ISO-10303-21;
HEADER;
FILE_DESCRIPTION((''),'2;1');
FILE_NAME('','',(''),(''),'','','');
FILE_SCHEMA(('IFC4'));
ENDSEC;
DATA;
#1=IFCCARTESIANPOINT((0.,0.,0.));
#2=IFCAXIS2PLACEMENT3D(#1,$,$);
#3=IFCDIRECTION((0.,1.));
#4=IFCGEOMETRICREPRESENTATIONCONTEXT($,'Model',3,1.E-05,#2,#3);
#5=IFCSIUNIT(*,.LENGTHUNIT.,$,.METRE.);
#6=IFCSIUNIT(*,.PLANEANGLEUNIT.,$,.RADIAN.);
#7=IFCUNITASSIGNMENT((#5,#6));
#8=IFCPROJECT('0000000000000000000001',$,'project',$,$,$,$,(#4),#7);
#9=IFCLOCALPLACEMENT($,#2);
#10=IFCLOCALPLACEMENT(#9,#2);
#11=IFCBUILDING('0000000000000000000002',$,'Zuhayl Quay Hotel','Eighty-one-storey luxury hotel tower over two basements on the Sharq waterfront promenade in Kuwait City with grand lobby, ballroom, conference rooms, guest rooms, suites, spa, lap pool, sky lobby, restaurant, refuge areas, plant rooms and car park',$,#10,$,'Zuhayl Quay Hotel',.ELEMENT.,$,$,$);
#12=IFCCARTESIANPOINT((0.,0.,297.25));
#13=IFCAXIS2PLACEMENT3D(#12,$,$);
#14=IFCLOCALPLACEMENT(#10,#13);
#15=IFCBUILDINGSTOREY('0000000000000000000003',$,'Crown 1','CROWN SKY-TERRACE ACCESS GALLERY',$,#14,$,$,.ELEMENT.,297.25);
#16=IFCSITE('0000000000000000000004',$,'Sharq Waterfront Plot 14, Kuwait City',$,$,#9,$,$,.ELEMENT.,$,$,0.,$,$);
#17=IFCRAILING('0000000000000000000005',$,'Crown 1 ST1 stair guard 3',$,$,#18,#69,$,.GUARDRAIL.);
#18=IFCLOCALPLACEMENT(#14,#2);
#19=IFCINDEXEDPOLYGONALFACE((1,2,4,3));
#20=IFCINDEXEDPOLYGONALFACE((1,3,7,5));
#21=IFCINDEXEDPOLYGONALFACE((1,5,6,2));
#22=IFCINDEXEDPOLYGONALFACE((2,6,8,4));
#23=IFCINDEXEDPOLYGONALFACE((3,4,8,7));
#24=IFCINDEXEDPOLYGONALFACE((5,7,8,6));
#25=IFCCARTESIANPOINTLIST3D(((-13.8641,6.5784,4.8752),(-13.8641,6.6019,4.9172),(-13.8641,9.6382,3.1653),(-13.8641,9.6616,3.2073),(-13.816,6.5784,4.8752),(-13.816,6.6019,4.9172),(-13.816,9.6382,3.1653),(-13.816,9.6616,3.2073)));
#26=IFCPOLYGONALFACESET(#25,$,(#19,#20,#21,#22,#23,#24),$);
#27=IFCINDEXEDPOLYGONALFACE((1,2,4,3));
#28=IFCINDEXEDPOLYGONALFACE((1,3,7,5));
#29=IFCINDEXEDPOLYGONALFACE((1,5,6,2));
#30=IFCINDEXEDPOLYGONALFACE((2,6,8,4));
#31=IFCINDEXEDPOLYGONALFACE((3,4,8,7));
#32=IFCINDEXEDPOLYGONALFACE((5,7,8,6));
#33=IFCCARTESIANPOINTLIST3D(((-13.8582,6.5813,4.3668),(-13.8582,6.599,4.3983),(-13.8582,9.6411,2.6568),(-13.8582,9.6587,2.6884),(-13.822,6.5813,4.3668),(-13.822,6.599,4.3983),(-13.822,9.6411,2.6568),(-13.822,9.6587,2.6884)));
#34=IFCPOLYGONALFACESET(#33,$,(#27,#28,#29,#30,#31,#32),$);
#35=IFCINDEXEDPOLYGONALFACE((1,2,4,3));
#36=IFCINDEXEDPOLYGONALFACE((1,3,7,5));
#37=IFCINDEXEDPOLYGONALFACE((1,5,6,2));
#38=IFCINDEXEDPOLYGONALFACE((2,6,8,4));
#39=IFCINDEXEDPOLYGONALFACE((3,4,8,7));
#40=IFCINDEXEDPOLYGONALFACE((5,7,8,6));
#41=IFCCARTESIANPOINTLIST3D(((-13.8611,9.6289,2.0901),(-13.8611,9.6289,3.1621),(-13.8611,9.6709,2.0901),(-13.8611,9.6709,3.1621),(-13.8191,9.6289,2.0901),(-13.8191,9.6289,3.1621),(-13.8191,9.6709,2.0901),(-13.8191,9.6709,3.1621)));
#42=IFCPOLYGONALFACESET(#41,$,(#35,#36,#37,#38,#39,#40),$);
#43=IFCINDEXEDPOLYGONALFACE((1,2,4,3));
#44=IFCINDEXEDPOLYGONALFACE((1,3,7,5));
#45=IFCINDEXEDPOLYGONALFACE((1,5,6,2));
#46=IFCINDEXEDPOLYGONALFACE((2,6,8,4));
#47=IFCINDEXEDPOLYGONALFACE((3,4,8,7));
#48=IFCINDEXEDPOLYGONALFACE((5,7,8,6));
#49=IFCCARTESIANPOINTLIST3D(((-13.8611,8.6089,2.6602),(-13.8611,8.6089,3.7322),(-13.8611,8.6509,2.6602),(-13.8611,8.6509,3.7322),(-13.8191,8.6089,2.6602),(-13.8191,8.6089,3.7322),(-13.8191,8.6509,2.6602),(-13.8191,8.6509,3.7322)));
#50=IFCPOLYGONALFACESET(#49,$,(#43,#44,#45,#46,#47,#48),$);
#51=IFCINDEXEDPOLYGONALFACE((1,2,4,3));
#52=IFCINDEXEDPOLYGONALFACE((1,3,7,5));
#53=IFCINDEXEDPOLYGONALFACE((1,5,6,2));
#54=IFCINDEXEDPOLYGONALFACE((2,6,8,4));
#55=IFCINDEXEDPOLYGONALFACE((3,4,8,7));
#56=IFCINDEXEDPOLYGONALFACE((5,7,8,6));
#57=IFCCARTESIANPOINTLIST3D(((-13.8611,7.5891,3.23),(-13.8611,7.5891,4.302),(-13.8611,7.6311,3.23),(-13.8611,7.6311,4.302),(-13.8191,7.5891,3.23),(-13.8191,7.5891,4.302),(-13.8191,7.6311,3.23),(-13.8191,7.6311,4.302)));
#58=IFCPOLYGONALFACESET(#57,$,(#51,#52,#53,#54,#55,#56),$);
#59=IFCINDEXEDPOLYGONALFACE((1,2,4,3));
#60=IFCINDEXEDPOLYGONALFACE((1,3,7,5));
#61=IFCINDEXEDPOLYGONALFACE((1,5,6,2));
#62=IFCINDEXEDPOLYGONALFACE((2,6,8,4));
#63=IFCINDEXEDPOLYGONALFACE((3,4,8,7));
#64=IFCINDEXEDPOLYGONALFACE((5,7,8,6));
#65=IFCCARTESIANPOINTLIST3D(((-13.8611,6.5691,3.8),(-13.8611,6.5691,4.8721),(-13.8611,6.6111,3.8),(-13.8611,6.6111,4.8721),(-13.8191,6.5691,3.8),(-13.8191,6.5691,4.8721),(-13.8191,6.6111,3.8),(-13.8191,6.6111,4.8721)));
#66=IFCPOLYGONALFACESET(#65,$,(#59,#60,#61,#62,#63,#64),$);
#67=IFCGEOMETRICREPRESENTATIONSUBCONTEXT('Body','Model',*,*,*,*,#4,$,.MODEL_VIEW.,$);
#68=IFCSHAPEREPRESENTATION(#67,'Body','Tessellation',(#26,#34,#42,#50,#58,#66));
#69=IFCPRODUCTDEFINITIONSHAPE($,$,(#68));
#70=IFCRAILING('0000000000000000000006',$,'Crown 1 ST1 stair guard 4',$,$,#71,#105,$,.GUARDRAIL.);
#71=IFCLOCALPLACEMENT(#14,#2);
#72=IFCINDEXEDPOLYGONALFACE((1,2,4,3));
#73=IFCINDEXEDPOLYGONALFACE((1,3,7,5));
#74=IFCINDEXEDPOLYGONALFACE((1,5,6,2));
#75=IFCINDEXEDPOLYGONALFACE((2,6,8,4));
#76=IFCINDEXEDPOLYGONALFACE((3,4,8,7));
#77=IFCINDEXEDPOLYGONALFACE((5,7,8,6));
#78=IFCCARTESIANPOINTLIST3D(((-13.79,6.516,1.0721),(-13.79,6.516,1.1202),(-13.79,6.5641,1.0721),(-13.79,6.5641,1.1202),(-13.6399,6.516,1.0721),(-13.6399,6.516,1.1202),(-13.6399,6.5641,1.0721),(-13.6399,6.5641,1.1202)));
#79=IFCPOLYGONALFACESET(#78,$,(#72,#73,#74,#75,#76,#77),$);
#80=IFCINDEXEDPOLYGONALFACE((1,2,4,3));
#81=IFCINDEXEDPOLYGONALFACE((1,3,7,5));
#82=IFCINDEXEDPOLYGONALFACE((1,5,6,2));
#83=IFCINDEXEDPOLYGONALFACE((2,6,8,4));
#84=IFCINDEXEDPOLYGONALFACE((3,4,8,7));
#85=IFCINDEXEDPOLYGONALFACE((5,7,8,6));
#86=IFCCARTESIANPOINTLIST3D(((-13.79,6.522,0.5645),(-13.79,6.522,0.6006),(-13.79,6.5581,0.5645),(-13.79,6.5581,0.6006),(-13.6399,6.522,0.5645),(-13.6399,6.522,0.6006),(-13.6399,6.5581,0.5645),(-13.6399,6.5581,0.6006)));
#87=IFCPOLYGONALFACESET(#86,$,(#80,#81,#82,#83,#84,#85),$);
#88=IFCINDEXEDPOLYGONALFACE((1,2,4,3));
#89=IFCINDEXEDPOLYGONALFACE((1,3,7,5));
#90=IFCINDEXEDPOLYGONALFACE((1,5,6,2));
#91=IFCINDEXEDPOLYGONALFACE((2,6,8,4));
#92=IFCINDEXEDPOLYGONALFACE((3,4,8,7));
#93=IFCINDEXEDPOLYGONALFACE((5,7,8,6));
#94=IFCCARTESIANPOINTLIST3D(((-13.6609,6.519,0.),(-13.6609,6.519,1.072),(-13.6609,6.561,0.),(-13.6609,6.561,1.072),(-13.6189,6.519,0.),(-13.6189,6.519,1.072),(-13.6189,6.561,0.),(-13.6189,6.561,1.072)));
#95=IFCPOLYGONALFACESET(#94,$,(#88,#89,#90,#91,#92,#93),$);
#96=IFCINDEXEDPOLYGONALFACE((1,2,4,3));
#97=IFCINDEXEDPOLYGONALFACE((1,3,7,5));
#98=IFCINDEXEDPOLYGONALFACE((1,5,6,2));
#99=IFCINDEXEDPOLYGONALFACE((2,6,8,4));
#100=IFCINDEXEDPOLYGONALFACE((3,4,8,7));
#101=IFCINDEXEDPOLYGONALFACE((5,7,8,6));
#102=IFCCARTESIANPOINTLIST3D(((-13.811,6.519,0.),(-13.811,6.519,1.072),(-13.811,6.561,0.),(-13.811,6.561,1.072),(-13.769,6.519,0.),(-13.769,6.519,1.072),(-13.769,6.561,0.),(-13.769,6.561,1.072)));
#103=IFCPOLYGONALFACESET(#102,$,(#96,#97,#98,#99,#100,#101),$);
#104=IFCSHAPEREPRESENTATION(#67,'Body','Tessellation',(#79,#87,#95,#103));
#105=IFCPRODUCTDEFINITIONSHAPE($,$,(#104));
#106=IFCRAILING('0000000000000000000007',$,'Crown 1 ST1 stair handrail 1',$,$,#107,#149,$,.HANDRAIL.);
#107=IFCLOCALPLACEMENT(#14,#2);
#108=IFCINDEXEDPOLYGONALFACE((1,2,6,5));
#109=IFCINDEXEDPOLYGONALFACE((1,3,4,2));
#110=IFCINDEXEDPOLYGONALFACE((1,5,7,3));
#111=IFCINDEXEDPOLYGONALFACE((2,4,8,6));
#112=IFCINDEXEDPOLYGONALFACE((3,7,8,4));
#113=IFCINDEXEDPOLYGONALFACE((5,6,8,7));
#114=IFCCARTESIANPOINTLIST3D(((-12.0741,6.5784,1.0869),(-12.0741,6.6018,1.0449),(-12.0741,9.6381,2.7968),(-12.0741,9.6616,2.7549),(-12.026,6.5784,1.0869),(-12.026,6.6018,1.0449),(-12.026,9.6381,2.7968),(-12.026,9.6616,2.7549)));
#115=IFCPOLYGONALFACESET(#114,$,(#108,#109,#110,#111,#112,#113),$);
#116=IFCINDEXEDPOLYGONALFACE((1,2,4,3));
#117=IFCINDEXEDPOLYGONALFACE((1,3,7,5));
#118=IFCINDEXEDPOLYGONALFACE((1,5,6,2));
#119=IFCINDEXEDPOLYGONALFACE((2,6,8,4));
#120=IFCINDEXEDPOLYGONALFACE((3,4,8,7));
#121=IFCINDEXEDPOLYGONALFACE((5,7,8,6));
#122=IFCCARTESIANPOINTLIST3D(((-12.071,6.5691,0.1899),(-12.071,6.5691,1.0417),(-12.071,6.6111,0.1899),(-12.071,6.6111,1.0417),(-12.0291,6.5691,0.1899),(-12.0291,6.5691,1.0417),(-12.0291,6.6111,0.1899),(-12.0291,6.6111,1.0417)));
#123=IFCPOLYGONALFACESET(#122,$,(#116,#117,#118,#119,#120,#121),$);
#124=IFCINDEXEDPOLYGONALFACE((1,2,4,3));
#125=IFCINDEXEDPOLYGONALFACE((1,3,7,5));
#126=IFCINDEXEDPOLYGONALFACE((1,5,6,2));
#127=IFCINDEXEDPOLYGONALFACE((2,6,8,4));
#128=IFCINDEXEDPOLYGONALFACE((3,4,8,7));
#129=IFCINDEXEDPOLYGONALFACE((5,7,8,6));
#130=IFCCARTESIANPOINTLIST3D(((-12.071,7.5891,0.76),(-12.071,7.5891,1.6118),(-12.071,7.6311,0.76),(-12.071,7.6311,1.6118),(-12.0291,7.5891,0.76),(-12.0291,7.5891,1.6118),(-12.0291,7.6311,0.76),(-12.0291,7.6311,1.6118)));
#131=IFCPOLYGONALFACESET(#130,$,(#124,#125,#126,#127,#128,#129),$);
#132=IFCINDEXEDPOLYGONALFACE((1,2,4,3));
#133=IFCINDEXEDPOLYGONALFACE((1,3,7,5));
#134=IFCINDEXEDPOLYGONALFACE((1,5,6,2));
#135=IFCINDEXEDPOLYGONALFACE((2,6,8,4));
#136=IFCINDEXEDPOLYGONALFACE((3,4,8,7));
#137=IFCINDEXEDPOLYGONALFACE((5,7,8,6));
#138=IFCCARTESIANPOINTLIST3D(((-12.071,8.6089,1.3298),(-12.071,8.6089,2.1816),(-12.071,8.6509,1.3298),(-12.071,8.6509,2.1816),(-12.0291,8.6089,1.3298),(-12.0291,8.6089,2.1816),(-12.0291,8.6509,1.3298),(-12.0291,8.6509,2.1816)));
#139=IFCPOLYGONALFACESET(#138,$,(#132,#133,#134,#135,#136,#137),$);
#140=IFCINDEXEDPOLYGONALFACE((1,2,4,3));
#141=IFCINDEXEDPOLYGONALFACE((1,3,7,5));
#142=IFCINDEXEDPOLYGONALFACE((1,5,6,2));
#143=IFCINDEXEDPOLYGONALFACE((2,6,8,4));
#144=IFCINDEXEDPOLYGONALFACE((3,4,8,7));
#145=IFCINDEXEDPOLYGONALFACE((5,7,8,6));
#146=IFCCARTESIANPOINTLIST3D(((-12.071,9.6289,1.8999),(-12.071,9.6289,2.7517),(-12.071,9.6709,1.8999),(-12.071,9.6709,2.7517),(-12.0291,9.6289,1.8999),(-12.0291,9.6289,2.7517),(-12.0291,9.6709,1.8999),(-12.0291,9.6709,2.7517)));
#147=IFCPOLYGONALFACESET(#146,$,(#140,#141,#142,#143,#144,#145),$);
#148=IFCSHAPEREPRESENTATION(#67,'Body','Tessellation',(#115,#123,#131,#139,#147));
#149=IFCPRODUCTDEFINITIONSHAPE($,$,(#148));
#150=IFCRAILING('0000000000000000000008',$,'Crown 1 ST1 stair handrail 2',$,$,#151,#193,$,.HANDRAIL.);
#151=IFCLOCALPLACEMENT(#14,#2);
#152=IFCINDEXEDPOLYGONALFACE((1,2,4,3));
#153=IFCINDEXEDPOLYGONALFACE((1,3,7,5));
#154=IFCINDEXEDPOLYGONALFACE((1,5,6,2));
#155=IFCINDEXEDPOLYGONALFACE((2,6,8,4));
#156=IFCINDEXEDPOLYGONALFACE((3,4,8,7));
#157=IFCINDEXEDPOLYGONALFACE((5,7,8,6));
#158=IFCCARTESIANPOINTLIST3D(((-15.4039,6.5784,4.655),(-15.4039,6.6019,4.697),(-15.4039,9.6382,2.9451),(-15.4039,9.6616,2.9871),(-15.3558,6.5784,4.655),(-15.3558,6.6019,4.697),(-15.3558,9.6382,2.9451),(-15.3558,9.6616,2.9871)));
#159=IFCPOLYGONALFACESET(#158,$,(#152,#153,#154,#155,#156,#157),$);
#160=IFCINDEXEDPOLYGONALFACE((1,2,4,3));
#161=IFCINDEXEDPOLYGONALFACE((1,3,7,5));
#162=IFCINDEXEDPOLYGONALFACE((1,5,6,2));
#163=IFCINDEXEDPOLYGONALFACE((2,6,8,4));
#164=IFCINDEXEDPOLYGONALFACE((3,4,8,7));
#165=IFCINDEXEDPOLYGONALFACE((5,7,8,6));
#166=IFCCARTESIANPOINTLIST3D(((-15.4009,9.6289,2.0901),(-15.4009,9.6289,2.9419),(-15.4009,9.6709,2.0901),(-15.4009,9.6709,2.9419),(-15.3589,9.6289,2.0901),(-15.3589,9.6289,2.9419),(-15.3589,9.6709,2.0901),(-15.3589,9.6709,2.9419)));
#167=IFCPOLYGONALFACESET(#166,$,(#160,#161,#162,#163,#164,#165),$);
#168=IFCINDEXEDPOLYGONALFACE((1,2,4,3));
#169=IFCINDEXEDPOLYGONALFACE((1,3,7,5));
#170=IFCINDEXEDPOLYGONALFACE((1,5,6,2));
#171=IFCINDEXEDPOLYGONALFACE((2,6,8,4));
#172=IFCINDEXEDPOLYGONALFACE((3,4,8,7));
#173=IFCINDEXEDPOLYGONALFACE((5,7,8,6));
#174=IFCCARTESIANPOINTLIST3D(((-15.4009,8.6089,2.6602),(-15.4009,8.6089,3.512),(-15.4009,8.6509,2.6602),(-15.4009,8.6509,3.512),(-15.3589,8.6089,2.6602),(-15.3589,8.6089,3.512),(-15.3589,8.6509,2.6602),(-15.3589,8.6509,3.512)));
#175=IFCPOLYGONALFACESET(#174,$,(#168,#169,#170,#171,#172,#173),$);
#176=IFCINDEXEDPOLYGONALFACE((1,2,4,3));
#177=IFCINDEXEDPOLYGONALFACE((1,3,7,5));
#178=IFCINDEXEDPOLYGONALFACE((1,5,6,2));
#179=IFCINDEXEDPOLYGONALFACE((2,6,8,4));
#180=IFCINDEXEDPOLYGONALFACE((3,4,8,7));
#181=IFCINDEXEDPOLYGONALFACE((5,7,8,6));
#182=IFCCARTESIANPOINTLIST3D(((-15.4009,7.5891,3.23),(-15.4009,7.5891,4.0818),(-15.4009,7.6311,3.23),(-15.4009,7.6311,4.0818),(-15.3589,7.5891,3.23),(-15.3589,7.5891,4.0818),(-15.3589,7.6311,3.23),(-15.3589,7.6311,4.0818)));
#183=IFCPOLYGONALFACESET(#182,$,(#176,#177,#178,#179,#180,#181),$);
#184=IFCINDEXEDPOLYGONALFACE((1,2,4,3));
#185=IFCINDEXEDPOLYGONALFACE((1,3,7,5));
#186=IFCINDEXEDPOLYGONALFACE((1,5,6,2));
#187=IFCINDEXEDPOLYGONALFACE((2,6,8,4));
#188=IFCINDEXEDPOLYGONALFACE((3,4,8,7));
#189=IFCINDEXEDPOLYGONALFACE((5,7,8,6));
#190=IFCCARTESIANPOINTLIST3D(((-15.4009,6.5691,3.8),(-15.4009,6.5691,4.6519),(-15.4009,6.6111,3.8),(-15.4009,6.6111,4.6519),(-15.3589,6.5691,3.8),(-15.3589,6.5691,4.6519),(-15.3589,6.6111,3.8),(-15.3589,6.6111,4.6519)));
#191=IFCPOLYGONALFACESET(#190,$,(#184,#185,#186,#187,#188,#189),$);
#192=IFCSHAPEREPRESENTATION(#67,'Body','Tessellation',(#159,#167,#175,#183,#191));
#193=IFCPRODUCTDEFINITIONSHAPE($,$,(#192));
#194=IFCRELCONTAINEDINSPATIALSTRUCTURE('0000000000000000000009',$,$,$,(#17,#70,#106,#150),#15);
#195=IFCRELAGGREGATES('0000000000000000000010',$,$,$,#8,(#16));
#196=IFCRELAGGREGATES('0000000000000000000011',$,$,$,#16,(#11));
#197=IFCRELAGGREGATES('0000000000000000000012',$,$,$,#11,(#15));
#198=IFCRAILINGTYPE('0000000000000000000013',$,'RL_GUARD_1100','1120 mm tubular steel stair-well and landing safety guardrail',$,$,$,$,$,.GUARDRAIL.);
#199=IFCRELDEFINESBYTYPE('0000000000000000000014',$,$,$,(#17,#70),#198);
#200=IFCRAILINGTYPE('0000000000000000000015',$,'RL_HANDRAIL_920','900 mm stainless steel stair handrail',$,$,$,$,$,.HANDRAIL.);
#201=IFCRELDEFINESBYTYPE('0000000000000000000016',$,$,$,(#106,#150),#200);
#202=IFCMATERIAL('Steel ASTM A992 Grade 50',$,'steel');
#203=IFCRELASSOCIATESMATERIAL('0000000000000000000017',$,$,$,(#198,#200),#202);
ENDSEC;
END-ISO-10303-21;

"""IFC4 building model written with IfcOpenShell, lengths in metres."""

from ifc_helpers import new_model, si_unit, direction, frame, origin, origin_2d, place, context, subcontext, project, spatial, rectangle, extrude, material, type_object, element, save


model = new_model("IFC4")

# Units and contexts
model_context = context("Model", 3, precision=1e-05, world=origin(), true_north=direction((0.0, 1.0)))
body_context = subcontext(model_context, "Body", "Model", "MODEL_VIEW")
ifc_project = project(units=[si_unit("LENGTHUNIT", "METRE"), si_unit("PLANEANGLEUNIT", "RADIAN")], contexts=[model_context])

# Site, building, storey
site_placement = place(None, origin())
site = spatial("IfcSite", under=ifc_project, at=site_placement, Name="Sharq Waterfront Plot 14, Kuwait City", CompositionType="ELEMENT", RefElevation=0.0)
building_placement = place(site_placement, origin())
building = spatial("IfcBuilding", under=site, at=building_placement, Name="Zuhayl Quay Hotel", Description="Eighty-one-storey luxury hotel tower over two basements on the Sharq waterfront promenade in Kuwait City with grand lobby, ballroom, conference rooms, guest rooms, suites, spa, lap pool, sky lobby, restaurant, refuge areas, plant rooms and car park", LongName="Zuhayl Quay Hotel", CompositionType="ELEMENT")
storey_placement = place(building_placement, frame((0.0, 0.0, 297.25)))
storey = spatial("IfcBuildingStorey", under=building, at=storey_placement, Name="Crown 1", Description="CROWN SKY-TERRACE ACCESS GALLERY", CompositionType="ELEMENT", Elevation=297.25)

# Shared definitions
ifc_material_1 = material(Name="Steel ASTM A992 Grade 50", Category="steel")

# Railings
railing_type_1 = type_object("IfcRailingType", Name="RL_GUARD_1100", Description="1120 mm tubular steel stair-well and landing safety guardrail", PredefinedType="GUARDRAIL", material=ifc_material_1)
railing_1_placement = place(storey_placement, frame((-13.8401, 9.6499, 2.0901)))
element("IfcRailing", 1, at=railing_1_placement, inside=storey, type_object=railing_type_1, Name="Crown 1 ST1 stair guard 3", PredefinedType="GUARDRAIL", context=body_context, shape_type="SweptSolid", body=[
    extrude(rectangle(XDim=0.0481, YDim=0.0481, at=origin_2d()), frame((0.0, 0.0, 1.0962), z_axis=(0.0, -0.872936, 0.487835), x_axis=(1.0, 0.0, 0.0)), (0.0, 0.0, 1.0), 3.5051),
    extrude(rectangle(XDim=0.0361, YDim=0.0361, at=origin_2d()), frame((0.0, 0.0, 0.5825), z_axis=(0.0, -0.872936, 0.487835), x_axis=(1.0, 0.0, 0.0)), (0.0, 0.0, 1.0), 3.5051),
    extrude(rectangle(XDim=0.042, YDim=0.042, at=origin_2d()), origin(), (0.0, 0.0, 1.0), 1.072),
    extrude(rectangle(XDim=0.042, YDim=0.042, at=origin_2d()), frame((0.0, -1.02, 0.5701)), (0.0, 0.0, 1.0), 1.072),
    extrude(rectangle(XDim=0.042, YDim=0.042, at=origin_2d()), frame((0.0, -2.0398, 1.1399)), (0.0, 0.0, 1.0), 1.072),
    extrude(rectangle(XDim=0.042, YDim=0.042, at=origin_2d()), frame((0.0, -3.0598, 1.71)), (0.0, 0.0, 1.0), 1.072),
])
railing_2_placement = place(storey_placement, frame((-13.6399, 6.54, 0.0)))
element("IfcRailing", 2, at=railing_2_placement, inside=storey, type_object=railing_type_1, Name="Crown 1 ST1 stair guard 4", PredefinedType="GUARDRAIL", context=body_context, shape_type="SweptSolid", body=[
    extrude(rectangle(XDim=0.0481, YDim=0.0481, at=origin_2d()), frame((0.0, 0.0, 1.0962), z_axis=(-1.0, 0.0, 0.0), x_axis=(0.0, -1.0, 0.0)), (0.0, 0.0, 1.0), 0.1501),
    extrude(rectangle(XDim=0.0361, YDim=0.0361, at=origin_2d()), frame((0.0, 0.0, 0.5825), z_axis=(-1.0, 0.0, 0.0), x_axis=(0.0, -1.0, 0.0)), (0.0, 0.0, 1.0), 0.1501),
    extrude(rectangle(XDim=0.042, YDim=0.042, at=origin_2d()), origin(), (0.0, 0.0, 1.0), 1.072),
    extrude(rectangle(XDim=0.042, YDim=0.042, at=origin_2d()), frame((-0.1501, 0.0, 0.0)), (0.0, 0.0, 1.0), 1.072),
])
railing_type_2 = type_object("IfcRailingType", Name="RL_HANDRAIL_920", Description="900 mm stainless steel stair handrail", PredefinedType="HANDRAIL", material=ifc_material_1)
railing_3_placement = place(storey_placement, frame((-12.05, 6.5901, 0.1899)))
element("IfcRailing", 3, at=railing_3_placement, inside=storey, type_object=railing_type_2, Name="Crown 1 ST1 stair handrail 1", PredefinedType="HANDRAIL", context=body_context, shape_type="SweptSolid", body=[
    extrude(rectangle(XDim=0.0481, YDim=0.0481, at=origin_2d()), frame((0.0, 0.0, 0.876), z_axis=(0.0, 0.872936, 0.487835), x_axis=(-1.0, 0.0, 0.0)), (0.0, 0.0, 1.0), 3.5051),
    extrude(rectangle(XDim=0.042, YDim=0.042, at=origin_2d()), origin(), (0.0, 0.0, 1.0), 0.8518),
    extrude(rectangle(XDim=0.042, YDim=0.042, at=origin_2d()), frame((0.0, 1.02, 0.5701)), (0.0, 0.0, 1.0), 0.8518),
    extrude(rectangle(XDim=0.042, YDim=0.042, at=origin_2d()), frame((0.0, 2.0398, 1.1399)), (0.0, 0.0, 1.0), 0.8518),
    extrude(rectangle(XDim=0.042, YDim=0.042, at=origin_2d()), frame((0.0, 3.0598, 1.71)), (0.0, 0.0, 1.0), 0.8518),
])
railing_4_placement = place(storey_placement, frame((-15.3799, 9.6499, 2.0901)))
element("IfcRailing", 4, at=railing_4_placement, inside=storey, type_object=railing_type_2, Name="Crown 1 ST1 stair handrail 2", PredefinedType="HANDRAIL", context=body_context, shape_type="SweptSolid", body=[
    extrude(rectangle(XDim=0.0481, YDim=0.0481, at=origin_2d()), frame((0.0, 0.0, 0.876), z_axis=(0.0, -0.872936, 0.487835), x_axis=(1.0, 0.0, 0.0)), (0.0, 0.0, 1.0), 3.5051),
    extrude(rectangle(XDim=0.042, YDim=0.042, at=origin_2d()), origin(), (0.0, 0.0, 1.0), 0.8518),
    extrude(rectangle(XDim=0.042, YDim=0.042, at=origin_2d()), frame((0.0, -1.02, 0.5701)), (0.0, 0.0, 1.0), 0.8518),
    extrude(rectangle(XDim=0.042, YDim=0.042, at=origin_2d()), frame((0.0, -2.0398, 1.1399)), (0.0, 0.0, 1.0), 0.8518),
    extrude(rectangle(XDim=0.042, YDim=0.042, at=origin_2d()), frame((0.0, -3.0598, 1.71)), (0.0, 0.0, 1.0), 0.8518),
])

save(model, "model.ifc")
